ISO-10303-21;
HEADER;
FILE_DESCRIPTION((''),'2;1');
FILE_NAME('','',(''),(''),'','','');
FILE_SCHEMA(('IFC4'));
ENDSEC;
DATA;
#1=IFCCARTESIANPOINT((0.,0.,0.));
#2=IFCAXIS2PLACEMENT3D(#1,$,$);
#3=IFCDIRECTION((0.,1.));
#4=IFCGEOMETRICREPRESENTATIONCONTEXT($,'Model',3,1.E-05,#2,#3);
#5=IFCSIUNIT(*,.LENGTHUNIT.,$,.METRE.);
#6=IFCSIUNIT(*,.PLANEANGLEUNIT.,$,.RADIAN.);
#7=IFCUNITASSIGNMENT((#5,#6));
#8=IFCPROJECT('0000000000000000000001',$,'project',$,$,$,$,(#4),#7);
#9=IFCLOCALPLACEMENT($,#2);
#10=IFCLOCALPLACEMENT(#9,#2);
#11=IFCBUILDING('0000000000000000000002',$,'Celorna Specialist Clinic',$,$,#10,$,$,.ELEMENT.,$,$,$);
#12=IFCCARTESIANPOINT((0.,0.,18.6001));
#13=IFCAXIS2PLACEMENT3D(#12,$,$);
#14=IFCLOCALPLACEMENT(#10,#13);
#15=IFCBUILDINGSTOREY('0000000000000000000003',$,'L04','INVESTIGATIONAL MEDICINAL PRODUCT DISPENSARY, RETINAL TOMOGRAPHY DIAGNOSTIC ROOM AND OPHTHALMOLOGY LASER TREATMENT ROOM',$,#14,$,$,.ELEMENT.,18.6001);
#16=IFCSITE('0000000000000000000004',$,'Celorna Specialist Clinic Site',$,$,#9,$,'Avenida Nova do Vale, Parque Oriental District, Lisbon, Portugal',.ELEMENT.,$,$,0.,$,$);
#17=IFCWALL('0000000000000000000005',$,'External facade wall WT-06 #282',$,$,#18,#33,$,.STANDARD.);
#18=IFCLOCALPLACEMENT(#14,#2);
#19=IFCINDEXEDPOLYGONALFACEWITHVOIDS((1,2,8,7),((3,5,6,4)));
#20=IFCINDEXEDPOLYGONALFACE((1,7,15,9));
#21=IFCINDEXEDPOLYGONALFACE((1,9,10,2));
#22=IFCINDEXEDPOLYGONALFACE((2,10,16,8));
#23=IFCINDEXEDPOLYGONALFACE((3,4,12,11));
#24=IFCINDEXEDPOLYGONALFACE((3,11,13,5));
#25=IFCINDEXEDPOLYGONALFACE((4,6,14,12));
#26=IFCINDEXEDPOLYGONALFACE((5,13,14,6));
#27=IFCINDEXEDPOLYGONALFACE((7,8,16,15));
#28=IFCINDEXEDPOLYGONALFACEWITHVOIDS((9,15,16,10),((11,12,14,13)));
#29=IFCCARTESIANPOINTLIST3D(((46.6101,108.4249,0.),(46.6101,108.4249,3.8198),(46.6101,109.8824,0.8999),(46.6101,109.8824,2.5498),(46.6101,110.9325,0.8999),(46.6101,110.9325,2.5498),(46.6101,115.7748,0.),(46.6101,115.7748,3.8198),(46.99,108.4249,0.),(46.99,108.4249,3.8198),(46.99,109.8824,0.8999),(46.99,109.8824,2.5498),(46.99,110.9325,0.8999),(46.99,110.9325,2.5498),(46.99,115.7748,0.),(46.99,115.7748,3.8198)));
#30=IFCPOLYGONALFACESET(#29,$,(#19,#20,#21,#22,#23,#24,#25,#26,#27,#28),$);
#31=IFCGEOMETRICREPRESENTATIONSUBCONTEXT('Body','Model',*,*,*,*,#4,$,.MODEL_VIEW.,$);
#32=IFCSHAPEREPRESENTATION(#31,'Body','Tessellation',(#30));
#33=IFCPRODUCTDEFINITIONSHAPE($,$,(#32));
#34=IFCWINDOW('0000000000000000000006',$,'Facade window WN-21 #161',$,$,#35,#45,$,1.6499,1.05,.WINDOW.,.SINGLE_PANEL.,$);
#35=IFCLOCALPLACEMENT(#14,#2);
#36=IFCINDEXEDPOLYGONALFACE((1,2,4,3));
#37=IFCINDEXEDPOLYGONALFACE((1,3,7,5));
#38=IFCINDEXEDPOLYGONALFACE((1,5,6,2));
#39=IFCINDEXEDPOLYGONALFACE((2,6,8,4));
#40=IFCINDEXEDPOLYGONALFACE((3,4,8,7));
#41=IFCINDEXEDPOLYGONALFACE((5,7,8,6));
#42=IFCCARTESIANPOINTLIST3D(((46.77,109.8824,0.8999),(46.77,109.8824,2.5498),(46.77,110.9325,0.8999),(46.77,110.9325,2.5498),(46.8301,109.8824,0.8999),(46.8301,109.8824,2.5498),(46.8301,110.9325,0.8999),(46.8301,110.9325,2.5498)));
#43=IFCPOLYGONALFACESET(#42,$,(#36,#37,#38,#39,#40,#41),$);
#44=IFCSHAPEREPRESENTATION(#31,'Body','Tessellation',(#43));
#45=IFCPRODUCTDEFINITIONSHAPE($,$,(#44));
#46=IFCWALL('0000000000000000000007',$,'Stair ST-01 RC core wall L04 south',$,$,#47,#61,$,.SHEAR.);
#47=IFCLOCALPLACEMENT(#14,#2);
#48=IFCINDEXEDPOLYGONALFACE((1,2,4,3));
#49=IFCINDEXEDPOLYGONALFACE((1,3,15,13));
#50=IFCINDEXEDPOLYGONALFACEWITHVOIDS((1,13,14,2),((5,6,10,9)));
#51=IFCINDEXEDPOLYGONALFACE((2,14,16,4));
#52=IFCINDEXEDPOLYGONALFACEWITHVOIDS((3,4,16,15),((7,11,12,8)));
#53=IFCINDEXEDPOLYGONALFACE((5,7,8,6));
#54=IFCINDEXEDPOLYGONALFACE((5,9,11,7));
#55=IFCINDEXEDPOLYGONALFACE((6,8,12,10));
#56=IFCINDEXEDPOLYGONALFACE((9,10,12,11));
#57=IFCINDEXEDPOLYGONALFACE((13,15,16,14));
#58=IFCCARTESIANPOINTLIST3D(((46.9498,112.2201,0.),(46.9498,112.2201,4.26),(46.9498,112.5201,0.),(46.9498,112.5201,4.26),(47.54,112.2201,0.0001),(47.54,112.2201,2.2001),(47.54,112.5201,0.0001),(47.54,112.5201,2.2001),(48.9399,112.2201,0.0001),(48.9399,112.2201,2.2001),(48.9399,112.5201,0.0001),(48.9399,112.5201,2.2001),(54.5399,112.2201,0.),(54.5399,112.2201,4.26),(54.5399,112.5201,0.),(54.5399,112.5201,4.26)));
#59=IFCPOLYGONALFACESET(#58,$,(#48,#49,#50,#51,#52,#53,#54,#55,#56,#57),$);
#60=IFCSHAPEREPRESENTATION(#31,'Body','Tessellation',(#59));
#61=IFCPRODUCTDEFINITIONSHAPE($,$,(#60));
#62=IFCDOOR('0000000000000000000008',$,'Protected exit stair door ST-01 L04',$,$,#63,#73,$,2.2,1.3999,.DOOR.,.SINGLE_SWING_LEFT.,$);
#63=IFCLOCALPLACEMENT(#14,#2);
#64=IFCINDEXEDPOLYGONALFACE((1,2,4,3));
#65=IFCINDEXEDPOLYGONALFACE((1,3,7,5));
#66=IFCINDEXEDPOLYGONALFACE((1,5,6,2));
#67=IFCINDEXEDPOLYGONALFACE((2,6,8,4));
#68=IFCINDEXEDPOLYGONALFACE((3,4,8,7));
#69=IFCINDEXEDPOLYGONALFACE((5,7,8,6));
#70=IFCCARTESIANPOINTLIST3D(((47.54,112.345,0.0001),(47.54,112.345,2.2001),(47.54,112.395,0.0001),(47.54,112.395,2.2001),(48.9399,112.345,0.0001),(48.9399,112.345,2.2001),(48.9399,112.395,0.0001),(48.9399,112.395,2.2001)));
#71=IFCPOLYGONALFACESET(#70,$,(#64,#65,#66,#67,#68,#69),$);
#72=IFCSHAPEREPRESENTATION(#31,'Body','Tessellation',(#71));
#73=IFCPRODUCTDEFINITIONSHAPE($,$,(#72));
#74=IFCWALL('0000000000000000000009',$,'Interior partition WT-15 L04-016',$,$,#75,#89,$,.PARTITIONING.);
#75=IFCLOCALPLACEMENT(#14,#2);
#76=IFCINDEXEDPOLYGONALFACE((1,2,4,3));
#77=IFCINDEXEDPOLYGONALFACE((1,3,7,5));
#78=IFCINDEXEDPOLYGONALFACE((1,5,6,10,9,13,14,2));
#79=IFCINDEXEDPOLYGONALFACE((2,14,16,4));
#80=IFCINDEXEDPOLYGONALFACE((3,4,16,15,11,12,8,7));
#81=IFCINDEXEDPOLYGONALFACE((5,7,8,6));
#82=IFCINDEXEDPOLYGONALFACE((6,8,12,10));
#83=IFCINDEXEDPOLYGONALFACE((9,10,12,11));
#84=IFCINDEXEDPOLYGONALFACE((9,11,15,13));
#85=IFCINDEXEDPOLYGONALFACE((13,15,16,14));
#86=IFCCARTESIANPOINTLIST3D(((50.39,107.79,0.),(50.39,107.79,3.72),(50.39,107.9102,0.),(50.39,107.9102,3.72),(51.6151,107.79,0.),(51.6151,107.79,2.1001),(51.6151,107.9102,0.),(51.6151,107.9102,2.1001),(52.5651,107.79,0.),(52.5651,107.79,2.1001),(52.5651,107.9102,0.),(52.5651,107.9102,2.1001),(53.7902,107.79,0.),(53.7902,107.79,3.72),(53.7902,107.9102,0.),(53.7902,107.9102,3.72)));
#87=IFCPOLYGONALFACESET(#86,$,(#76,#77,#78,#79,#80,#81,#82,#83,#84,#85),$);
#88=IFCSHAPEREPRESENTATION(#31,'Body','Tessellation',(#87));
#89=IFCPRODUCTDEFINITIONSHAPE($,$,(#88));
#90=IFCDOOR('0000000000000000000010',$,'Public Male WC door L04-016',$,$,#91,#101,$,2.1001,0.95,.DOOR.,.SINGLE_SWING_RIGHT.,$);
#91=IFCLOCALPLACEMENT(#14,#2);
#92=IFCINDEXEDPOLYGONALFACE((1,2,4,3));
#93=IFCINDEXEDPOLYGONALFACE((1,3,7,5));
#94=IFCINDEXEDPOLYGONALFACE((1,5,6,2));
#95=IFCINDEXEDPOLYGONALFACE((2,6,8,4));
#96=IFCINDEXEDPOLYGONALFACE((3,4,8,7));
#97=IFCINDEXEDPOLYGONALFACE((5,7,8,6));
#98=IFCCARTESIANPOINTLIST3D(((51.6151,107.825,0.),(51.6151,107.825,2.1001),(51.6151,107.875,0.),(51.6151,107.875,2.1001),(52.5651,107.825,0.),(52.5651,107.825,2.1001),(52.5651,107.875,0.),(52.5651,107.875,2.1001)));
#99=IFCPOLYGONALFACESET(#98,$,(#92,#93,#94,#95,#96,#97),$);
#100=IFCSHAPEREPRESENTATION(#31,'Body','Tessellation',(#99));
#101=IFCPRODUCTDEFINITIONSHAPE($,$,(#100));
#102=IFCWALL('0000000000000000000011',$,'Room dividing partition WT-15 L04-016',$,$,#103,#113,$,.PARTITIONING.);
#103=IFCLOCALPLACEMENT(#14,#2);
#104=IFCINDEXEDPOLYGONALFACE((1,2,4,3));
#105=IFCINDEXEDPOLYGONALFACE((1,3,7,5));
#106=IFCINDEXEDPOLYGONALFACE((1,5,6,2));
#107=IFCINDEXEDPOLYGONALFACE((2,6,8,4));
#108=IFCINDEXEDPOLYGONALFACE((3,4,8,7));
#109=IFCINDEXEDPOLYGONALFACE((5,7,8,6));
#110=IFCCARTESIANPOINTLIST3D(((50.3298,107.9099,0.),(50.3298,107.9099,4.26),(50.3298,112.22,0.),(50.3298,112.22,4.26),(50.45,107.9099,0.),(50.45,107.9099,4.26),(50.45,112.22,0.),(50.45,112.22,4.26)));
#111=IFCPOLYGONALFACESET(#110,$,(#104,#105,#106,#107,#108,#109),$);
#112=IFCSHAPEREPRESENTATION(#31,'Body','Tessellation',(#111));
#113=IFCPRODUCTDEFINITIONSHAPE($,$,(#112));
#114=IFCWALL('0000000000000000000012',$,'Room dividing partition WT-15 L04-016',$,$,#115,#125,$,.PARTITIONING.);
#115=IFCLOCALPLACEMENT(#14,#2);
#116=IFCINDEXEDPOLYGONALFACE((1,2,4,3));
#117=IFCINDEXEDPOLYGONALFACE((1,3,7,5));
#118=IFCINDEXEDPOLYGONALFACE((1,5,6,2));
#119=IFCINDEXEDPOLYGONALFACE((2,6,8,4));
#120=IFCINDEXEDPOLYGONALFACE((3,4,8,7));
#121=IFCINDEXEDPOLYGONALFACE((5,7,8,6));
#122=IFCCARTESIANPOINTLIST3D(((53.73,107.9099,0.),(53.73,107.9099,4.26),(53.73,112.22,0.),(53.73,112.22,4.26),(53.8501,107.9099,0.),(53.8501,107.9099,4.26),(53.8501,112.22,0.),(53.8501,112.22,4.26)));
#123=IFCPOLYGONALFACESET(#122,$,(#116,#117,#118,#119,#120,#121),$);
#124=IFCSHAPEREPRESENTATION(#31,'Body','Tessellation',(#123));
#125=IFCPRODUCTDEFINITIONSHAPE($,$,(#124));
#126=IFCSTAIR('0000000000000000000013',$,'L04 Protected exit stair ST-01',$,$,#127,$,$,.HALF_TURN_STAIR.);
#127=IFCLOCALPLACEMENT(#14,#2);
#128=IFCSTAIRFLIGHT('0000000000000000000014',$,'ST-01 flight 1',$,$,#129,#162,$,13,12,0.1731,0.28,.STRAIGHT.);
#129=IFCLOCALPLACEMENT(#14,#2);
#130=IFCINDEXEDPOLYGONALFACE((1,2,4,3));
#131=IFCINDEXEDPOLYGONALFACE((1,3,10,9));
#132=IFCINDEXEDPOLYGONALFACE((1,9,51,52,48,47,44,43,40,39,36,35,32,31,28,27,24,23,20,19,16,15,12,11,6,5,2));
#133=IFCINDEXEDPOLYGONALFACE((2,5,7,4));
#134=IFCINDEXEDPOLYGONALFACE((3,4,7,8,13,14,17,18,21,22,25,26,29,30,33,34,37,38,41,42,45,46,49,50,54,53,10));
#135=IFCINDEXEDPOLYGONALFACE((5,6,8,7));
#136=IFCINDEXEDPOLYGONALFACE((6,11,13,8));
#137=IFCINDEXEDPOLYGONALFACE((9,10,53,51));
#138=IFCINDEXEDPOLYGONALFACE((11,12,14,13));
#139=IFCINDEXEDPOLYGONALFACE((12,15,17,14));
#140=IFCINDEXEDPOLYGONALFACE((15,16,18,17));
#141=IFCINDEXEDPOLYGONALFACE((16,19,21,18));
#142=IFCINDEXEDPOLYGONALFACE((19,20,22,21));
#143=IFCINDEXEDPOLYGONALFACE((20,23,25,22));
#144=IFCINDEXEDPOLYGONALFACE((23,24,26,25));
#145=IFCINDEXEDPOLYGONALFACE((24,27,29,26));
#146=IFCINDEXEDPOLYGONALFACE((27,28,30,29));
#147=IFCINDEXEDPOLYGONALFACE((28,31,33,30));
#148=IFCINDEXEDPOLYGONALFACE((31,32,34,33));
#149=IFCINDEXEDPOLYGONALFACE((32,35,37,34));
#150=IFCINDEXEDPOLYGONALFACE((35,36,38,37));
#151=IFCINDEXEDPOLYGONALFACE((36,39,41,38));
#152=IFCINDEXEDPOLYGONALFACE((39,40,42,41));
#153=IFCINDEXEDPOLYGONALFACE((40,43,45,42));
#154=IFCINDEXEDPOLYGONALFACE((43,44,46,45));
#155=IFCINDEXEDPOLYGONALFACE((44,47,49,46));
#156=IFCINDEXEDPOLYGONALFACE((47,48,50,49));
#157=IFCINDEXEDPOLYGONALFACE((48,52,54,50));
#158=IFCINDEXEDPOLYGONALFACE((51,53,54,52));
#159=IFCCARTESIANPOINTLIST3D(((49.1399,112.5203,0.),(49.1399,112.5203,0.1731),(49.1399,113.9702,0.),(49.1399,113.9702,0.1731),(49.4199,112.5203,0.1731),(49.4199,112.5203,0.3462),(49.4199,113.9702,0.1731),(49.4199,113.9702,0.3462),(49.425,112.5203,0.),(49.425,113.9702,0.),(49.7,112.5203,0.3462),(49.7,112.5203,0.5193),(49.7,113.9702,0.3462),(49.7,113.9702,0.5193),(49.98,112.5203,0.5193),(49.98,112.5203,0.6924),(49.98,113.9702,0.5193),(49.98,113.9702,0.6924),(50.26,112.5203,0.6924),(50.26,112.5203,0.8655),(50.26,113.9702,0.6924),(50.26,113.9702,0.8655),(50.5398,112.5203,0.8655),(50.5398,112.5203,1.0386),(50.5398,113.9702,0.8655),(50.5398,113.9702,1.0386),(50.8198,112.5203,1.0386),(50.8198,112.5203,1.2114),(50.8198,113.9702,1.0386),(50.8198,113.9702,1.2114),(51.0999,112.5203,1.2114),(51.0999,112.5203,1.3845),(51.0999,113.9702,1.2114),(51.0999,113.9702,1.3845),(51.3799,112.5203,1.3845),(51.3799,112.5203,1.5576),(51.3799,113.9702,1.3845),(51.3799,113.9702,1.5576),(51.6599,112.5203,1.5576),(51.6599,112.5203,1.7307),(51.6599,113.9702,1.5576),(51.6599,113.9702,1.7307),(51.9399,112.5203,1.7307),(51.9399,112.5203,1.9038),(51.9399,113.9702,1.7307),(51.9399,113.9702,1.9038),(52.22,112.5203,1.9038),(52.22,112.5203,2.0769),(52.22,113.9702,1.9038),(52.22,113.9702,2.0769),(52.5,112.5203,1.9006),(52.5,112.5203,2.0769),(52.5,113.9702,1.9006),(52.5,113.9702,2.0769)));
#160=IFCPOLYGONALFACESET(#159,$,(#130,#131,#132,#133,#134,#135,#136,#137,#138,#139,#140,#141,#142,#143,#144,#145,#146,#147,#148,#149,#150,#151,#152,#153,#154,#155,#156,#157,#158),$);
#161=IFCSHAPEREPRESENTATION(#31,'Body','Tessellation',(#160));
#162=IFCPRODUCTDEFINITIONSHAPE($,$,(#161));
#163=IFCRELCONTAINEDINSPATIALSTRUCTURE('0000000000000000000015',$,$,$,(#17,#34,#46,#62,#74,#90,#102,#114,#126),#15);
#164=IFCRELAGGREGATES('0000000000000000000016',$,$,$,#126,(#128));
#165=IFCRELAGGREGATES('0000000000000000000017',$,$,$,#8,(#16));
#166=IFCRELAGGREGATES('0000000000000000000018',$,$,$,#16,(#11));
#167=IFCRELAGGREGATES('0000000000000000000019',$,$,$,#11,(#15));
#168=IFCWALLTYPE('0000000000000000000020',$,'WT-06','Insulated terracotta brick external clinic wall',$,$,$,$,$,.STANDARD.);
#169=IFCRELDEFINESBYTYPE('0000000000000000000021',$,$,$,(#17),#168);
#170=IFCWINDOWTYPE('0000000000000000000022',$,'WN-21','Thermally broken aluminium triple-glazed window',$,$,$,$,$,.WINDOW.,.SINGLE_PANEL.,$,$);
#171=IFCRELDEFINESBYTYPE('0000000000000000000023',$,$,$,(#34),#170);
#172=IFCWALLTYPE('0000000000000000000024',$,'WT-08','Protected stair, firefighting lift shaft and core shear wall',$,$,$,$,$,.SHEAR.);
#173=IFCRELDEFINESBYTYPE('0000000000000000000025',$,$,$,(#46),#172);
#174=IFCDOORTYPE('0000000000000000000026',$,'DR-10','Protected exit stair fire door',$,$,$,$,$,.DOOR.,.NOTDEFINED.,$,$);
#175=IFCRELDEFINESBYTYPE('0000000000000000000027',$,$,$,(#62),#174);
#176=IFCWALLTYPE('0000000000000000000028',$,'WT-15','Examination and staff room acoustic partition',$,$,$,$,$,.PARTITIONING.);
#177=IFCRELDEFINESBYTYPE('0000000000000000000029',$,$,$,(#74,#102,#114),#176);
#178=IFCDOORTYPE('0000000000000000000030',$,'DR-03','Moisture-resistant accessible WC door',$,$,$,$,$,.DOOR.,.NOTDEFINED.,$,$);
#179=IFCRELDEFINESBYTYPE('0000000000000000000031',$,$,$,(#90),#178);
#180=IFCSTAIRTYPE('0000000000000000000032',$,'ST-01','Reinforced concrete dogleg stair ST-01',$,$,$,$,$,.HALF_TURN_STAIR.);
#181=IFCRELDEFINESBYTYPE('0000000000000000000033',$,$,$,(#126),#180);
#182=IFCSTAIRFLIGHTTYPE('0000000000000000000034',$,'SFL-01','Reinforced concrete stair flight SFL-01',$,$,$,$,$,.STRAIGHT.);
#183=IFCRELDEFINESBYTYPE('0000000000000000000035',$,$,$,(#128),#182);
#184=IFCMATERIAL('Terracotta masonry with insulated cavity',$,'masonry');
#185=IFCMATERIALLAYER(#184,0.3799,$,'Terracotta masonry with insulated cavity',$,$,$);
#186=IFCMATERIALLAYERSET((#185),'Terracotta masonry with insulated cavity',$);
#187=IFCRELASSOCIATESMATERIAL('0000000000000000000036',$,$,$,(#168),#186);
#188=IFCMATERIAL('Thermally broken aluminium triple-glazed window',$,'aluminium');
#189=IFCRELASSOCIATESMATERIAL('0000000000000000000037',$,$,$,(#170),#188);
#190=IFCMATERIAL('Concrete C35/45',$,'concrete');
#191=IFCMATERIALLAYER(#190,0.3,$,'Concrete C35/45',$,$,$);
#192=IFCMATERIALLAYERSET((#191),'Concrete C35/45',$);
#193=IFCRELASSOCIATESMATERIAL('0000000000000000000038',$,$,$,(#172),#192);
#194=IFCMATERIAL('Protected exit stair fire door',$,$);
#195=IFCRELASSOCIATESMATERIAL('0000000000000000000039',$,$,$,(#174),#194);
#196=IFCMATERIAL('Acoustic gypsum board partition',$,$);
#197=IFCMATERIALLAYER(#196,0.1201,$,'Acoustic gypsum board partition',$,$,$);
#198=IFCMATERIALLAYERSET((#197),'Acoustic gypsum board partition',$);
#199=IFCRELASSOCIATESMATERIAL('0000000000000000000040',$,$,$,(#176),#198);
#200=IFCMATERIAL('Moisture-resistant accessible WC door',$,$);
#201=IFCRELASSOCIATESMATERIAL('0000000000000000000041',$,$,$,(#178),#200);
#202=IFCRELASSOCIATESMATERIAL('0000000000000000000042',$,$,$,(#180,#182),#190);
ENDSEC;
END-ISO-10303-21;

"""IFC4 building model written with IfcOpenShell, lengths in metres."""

from ifc_helpers import new_model, si_unit, direction, frame, frame_2d, origin, place, context, subcontext, project, spatial, polyline, rectangle, outline, extrude, material, layer, layer_set, type_object, element, fill, aggregate, save


model = new_model("IFC4")

# Units and contexts
model_context = context("Model", 3, precision=1e-05, world=origin(), true_north=direction((0.0, 1.0)))
body_context = subcontext(model_context, "Body", "Model", "MODEL_VIEW")
ifc_project = project(units=[si_unit("LENGTHUNIT", "METRE"), si_unit("PLANEANGLEUNIT", "RADIAN")], contexts=[model_context])

# Site, building, storey
site_placement = place(None, origin())
site = spatial("IfcSite", under=ifc_project, at=site_placement, Name="Celorna Specialist Clinic Site", LongName="Avenida Nova do Vale, Parque Oriental District, Lisbon, Portugal", CompositionType="ELEMENT", RefElevation=0.0)
building_placement = place(site_placement, origin())
building = spatial("IfcBuilding", under=site, at=building_placement, Name="Celorna Specialist Clinic", CompositionType="ELEMENT")
storey_placement = place(building_placement, frame((0.0, 0.0, 18.6001)))
storey = spatial("IfcBuildingStorey", under=building, at=storey_placement, Name="L04", Description="INVESTIGATIONAL MEDICINAL PRODUCT DISPENSARY, RETINAL TOMOGRAPHY DIAGNOSTIC ROOM AND OPHTHALMOLOGY LASER TREATMENT ROOM", CompositionType="ELEMENT", Elevation=18.6001)

# Shared definitions
ifc_material_1 = material(Name="Concrete C35/45", Category="concrete")

# Wall, opening, window
ifc_material_2 = material(Name="Terracotta masonry with insulated cavity", Category="masonry")
ifc_layer_1 = layer(ifc_material_2, 0.3799, Name="Terracotta masonry with insulated cavity")
ifc_layer_set_1 = layer_set([ifc_layer_1], Name="Terracotta masonry with insulated cavity")
wall_type_1 = type_object("IfcWallType", Name="WT-06", Description="Insulated terracotta brick external clinic wall", PredefinedType="STANDARD", material=ifc_layer_set_1)
ifc_material_3 = material(Name="Thermally broken aluminium triple-glazed window", Category="aluminium")
wall_1_placement = place(storey_placement, frame((46.8, 108.425, 0.0), z_axis=(0.0, 0.0, 1.0), x_axis=(0.0, 1.0, 0.0)))
wall_1 = element("IfcWall", 1, at=wall_1_placement, inside=storey, type_object=wall_type_1, Name="External facade wall WT-06 #282", PredefinedType="STANDARD", context=body_context, shape_type="SweptSolid", body=[
    extrude(rectangle(XDim=7.3499, YDim=0.3799, at=frame_2d((3.6748, 0.0))), origin(), (0.0, 0.0, 1.0), 3.8198),
])
opening_1_placement = place(wall_1_placement, frame((1.4575, 0.0, 0.8999)))
opening_1 = element("IfcOpeningElement", 2, at=opening_1_placement, cuts=wall_1, PredefinedType="OPENING", context=body_context, shape_type="SweptSolid", body=[
    extrude(rectangle(XDim=1.05, YDim=1.6499, at=frame_2d((0.5249, 0.825))), frame((0.0, 0.2, 0.0), z_axis=(0.0, -1.0, 0.0), x_axis=(1.0, 0.0, 0.0)), (0.0, 0.0, 1.0), 0.3999),
])
window_type_1 = type_object("IfcWindowType", Name="WN-21", Description="Thermally broken aluminium triple-glazed window", PartitioningType="SINGLE_PANEL", PredefinedType="WINDOW", material=ifc_material_3)
window_1_placement = place(opening_1_placement, origin())
window_1 = element("IfcWindow", 3, at=window_1_placement, inside=storey, type_object=window_type_1, Name="Facade window WN-21 #161", OverallHeight=1.6499, OverallWidth=1.05, PartitioningType="SINGLE_PANEL", PredefinedType="WINDOW", context=body_context, shape_type="SweptSolid", body=[
    extrude(rectangle(XDim=1.05, YDim=1.6499, at=frame_2d((0.5249, 0.825))), frame((0.0, 0.03, 0.0), z_axis=(0.0, -1.0, 0.0), x_axis=(1.0, 0.0, 0.0)), (0.0, 0.0, 1.0), 0.0601),
])
fill(opening_1, window_1)

# Walls, openings, doors
ifc_layer_2 = layer(ifc_material_1, 0.3, Name="Concrete C35/45")
ifc_layer_set_2 = layer_set([ifc_layer_2], Name="Concrete C35/45")
wall_type_2 = type_object("IfcWallType", Name="WT-08", Description="Protected stair, firefighting lift shaft and core shear wall", PredefinedType="SHEAR", material=ifc_layer_set_2)
wall_2_placement = place(storey_placement, frame((46.95, 112.3701, 0.0), z_axis=(0.0, 0.0, 1.0), x_axis=(1.0, 0.0, 0.0)))
wall_2 = element("IfcWall", 4, at=wall_2_placement, inside=storey, type_object=wall_type_2, Name="Stair ST-01 RC core wall L04 south", PredefinedType="SHEAR", context=body_context, shape_type="SweptSolid", body=[
    extrude(rectangle(XDim=7.5901, YDim=0.3, at=frame_2d((3.7949, 0.0))), origin(), (0.0, 0.0, 1.0), 4.26),
])
opening_2_placement = place(wall_2_placement, frame((0.5901, 0.0, 0.0)))
opening_2 = element("IfcOpeningElement", 5, at=opening_2_placement, cuts=wall_2, PredefinedType="OPENING", context=body_context, shape_type="SweptSolid", body=[
    extrude(rectangle(XDim=1.3999, YDim=2.2, at=frame_2d((0.7, 1.1001))), frame((0.0, 0.1599, 0.0), z_axis=(0.0, -1.0, 0.0), x_axis=(1.0, 0.0, 0.0)), (0.0, 0.0, 1.0), 0.3201),
])
ifc_material_4 = material(Name="Protected exit stair fire door")
door_type_1 = type_object("IfcDoorType", Name="DR-10", Description="Protected exit stair fire door", OperationType="NOTDEFINED", PredefinedType="DOOR", material=ifc_material_4)
door_1_placement = place(opening_2_placement, origin())
door_1 = element("IfcDoor", 6, at=door_1_placement, inside=storey, type_object=door_type_1, Name="Protected exit stair door ST-01 L04", OperationType="SINGLE_SWING_LEFT", OverallHeight=2.2, OverallWidth=1.3999, PredefinedType="DOOR", context=body_context, shape_type="SweptSolid", body=[
    extrude(rectangle(XDim=1.3999, YDim=2.2, at=frame_2d((0.7, 1.1001))), frame((0.0, 0.0249, 0.0), z_axis=(0.0, -1.0, 0.0), x_axis=(1.0, 0.0, 0.0)), (0.0, 0.0, 1.0), 0.05),
])
fill(opening_2, door_1)
ifc_material_5 = material(Name="Acoustic gypsum board partition")
ifc_layer_3 = layer(ifc_material_5, 0.1201, Name="Acoustic gypsum board partition")
ifc_layer_set_3 = layer_set([ifc_layer_3], Name="Acoustic gypsum board partition")
wall_type_3 = type_object("IfcWallType", Name="WT-15", Description="Examination and staff room acoustic partition", PredefinedType="PARTITIONING", material=ifc_layer_set_3)
wall_3_placement = place(storey_placement, frame((50.3899, 107.8501, 0.0), z_axis=(0.0, 0.0, 1.0), x_axis=(1.0, 0.0, 0.0)))
wall_3 = element("IfcWall", 7, at=wall_3_placement, inside=storey, type_object=wall_type_3, Name="Interior partition WT-15 L04-016", PredefinedType="PARTITIONING", context=body_context, shape_type="SweptSolid", body=[
    extrude(rectangle(XDim=3.4001, YDim=0.1201, at=frame_2d((1.7002, 0.0))), origin(), (0.0, 0.0, 1.0), 3.72),
])
opening_3_placement = place(wall_3_placement, frame((1.2251, 0.0, 0.0)))
opening_3 = element("IfcOpeningElement", 8, at=opening_3_placement, cuts=wall_3, PredefinedType="OPENING", context=body_context, shape_type="SweptSolid", body=[
    extrude(rectangle(XDim=0.95, YDim=2.1001, at=frame_2d((0.4751, 1.05))), frame((0.0, 0.0701, 0.0), z_axis=(0.0, -1.0, 0.0), x_axis=(1.0, 0.0, 0.0)), (0.0, 0.0, 1.0), 0.1401),
])
ifc_material_6 = material(Name="Moisture-resistant accessible WC door")
door_type_2 = type_object("IfcDoorType", Name="DR-03", Description="Moisture-resistant accessible WC door", OperationType="NOTDEFINED", PredefinedType="DOOR", material=ifc_material_6)
door_2_placement = place(opening_3_placement, origin())
door_2 = element("IfcDoor", 9, at=door_2_placement, inside=storey, type_object=door_type_2, Name="Public Male WC door L04-016", OperationType="SINGLE_SWING_RIGHT", OverallHeight=2.1001, OverallWidth=0.95, PredefinedType="DOOR", context=body_context, shape_type="SweptSolid", body=[
    extrude(rectangle(XDim=0.95, YDim=2.1001, at=frame_2d((0.4751, 1.05))), frame((0.0, 0.0249, 0.0), z_axis=(0.0, -1.0, 0.0), x_axis=(1.0, 0.0, 0.0)), (0.0, 0.0, 1.0), 0.05),
])
fill(opening_3, door_2)

# Walls
for number, where, z_axis, x_axis, name in (
    (10, (50.3899, 107.9099, 0.0), (0.0, 0.0, 1.0), (0.0, 1.0, 0.0), "Room dividing partition WT-15 L04-016"),
    (11, (53.79, 107.9099, 0.0), (0.0, 0.0, 1.0), (0.0, 1.0, 0.0), "Room dividing partition WT-15 L04-016"),
):
    element("IfcWall", number, at=place(storey_placement, frame(where, z_axis=z_axis, x_axis=x_axis)), inside=storey, type_object=wall_type_3, Name=name, PredefinedType="PARTITIONING", context=body_context, shape_type="SweptSolid", body=[
        extrude(rectangle(XDim=4.3101, YDim=0.1201, at=frame_2d((2.155, 0.0))), origin(), (0.0, 0.0, 1.0), 4.26),
    ])

# Stair, stair flight
stair_type = type_object("IfcStairType", Name="ST-01", Description="Reinforced concrete dogleg stair ST-01", PredefinedType="HALF_TURN_STAIR", material=ifc_material_1)
stair_placement = place(storey_placement, origin())
stair = element("IfcStair", 12, at=stair_placement, inside=storey, type_object=stair_type, Name="L04 Protected exit stair ST-01", PredefinedType="HALF_TURN_STAIR")
stair_flight_type = type_object("IfcStairFlightType", Name="SFL-01", Description="Reinforced concrete stair flight SFL-01", PredefinedType="STRAIGHT", material=ifc_material_1)
stair_flight_1_placement = place(storey_placement, frame((49.1399, 113.2451, 0.0), z_axis=(0.0, 0.0, 1.0), x_axis=(1.0, 0.0, 0.0)))
stair_flight_1 = element("IfcStairFlight", 13, at=stair_flight_1_placement, type_object=stair_flight_type, Name="ST-01 flight 1", NumberOfRisers=13, NumberOfTreads=12, PredefinedType="STRAIGHT", RiserHeight=0.1731, TreadLength=0.28, context=body_context, shape_type="SweptSolid", body=[
    extrude(outline(polyline([(0.0, 0.0), (0.0, 0.1731), (0.28, 0.1731), (0.28, 0.3462), (0.5601, 0.3462), (0.5601, 0.5193), (0.8401, 0.5193), (0.8401, 0.6924), (1.1201, 0.6924), (1.1201, 0.8655), (1.3999, 0.8655), (1.3999, 1.0386), (1.6799, 1.0386), (1.6799, 1.2114), (1.96, 1.2114), (1.96, 1.3845), (2.24, 1.3845), (2.24, 1.5576), (2.52, 1.5576), (2.52, 1.7307), (2.8, 1.7307), (2.8, 1.9038), (3.0801, 1.9038), (3.0801, 2.0769), (3.3601, 2.0769), (3.3601, 2.25), (3.3601, 1.9006), (0.2852, 0.0), (0.0, 0.0)])), frame((0.0, 0.7251, 0.0), z_axis=(0.0, -1.0, 0.0), x_axis=(1.0, 0.0, 0.0)), (0.0, 0.0, 1.0), 1.45),
])
aggregate(stair, [stair_flight_1])

save(model, "model.ifc")
